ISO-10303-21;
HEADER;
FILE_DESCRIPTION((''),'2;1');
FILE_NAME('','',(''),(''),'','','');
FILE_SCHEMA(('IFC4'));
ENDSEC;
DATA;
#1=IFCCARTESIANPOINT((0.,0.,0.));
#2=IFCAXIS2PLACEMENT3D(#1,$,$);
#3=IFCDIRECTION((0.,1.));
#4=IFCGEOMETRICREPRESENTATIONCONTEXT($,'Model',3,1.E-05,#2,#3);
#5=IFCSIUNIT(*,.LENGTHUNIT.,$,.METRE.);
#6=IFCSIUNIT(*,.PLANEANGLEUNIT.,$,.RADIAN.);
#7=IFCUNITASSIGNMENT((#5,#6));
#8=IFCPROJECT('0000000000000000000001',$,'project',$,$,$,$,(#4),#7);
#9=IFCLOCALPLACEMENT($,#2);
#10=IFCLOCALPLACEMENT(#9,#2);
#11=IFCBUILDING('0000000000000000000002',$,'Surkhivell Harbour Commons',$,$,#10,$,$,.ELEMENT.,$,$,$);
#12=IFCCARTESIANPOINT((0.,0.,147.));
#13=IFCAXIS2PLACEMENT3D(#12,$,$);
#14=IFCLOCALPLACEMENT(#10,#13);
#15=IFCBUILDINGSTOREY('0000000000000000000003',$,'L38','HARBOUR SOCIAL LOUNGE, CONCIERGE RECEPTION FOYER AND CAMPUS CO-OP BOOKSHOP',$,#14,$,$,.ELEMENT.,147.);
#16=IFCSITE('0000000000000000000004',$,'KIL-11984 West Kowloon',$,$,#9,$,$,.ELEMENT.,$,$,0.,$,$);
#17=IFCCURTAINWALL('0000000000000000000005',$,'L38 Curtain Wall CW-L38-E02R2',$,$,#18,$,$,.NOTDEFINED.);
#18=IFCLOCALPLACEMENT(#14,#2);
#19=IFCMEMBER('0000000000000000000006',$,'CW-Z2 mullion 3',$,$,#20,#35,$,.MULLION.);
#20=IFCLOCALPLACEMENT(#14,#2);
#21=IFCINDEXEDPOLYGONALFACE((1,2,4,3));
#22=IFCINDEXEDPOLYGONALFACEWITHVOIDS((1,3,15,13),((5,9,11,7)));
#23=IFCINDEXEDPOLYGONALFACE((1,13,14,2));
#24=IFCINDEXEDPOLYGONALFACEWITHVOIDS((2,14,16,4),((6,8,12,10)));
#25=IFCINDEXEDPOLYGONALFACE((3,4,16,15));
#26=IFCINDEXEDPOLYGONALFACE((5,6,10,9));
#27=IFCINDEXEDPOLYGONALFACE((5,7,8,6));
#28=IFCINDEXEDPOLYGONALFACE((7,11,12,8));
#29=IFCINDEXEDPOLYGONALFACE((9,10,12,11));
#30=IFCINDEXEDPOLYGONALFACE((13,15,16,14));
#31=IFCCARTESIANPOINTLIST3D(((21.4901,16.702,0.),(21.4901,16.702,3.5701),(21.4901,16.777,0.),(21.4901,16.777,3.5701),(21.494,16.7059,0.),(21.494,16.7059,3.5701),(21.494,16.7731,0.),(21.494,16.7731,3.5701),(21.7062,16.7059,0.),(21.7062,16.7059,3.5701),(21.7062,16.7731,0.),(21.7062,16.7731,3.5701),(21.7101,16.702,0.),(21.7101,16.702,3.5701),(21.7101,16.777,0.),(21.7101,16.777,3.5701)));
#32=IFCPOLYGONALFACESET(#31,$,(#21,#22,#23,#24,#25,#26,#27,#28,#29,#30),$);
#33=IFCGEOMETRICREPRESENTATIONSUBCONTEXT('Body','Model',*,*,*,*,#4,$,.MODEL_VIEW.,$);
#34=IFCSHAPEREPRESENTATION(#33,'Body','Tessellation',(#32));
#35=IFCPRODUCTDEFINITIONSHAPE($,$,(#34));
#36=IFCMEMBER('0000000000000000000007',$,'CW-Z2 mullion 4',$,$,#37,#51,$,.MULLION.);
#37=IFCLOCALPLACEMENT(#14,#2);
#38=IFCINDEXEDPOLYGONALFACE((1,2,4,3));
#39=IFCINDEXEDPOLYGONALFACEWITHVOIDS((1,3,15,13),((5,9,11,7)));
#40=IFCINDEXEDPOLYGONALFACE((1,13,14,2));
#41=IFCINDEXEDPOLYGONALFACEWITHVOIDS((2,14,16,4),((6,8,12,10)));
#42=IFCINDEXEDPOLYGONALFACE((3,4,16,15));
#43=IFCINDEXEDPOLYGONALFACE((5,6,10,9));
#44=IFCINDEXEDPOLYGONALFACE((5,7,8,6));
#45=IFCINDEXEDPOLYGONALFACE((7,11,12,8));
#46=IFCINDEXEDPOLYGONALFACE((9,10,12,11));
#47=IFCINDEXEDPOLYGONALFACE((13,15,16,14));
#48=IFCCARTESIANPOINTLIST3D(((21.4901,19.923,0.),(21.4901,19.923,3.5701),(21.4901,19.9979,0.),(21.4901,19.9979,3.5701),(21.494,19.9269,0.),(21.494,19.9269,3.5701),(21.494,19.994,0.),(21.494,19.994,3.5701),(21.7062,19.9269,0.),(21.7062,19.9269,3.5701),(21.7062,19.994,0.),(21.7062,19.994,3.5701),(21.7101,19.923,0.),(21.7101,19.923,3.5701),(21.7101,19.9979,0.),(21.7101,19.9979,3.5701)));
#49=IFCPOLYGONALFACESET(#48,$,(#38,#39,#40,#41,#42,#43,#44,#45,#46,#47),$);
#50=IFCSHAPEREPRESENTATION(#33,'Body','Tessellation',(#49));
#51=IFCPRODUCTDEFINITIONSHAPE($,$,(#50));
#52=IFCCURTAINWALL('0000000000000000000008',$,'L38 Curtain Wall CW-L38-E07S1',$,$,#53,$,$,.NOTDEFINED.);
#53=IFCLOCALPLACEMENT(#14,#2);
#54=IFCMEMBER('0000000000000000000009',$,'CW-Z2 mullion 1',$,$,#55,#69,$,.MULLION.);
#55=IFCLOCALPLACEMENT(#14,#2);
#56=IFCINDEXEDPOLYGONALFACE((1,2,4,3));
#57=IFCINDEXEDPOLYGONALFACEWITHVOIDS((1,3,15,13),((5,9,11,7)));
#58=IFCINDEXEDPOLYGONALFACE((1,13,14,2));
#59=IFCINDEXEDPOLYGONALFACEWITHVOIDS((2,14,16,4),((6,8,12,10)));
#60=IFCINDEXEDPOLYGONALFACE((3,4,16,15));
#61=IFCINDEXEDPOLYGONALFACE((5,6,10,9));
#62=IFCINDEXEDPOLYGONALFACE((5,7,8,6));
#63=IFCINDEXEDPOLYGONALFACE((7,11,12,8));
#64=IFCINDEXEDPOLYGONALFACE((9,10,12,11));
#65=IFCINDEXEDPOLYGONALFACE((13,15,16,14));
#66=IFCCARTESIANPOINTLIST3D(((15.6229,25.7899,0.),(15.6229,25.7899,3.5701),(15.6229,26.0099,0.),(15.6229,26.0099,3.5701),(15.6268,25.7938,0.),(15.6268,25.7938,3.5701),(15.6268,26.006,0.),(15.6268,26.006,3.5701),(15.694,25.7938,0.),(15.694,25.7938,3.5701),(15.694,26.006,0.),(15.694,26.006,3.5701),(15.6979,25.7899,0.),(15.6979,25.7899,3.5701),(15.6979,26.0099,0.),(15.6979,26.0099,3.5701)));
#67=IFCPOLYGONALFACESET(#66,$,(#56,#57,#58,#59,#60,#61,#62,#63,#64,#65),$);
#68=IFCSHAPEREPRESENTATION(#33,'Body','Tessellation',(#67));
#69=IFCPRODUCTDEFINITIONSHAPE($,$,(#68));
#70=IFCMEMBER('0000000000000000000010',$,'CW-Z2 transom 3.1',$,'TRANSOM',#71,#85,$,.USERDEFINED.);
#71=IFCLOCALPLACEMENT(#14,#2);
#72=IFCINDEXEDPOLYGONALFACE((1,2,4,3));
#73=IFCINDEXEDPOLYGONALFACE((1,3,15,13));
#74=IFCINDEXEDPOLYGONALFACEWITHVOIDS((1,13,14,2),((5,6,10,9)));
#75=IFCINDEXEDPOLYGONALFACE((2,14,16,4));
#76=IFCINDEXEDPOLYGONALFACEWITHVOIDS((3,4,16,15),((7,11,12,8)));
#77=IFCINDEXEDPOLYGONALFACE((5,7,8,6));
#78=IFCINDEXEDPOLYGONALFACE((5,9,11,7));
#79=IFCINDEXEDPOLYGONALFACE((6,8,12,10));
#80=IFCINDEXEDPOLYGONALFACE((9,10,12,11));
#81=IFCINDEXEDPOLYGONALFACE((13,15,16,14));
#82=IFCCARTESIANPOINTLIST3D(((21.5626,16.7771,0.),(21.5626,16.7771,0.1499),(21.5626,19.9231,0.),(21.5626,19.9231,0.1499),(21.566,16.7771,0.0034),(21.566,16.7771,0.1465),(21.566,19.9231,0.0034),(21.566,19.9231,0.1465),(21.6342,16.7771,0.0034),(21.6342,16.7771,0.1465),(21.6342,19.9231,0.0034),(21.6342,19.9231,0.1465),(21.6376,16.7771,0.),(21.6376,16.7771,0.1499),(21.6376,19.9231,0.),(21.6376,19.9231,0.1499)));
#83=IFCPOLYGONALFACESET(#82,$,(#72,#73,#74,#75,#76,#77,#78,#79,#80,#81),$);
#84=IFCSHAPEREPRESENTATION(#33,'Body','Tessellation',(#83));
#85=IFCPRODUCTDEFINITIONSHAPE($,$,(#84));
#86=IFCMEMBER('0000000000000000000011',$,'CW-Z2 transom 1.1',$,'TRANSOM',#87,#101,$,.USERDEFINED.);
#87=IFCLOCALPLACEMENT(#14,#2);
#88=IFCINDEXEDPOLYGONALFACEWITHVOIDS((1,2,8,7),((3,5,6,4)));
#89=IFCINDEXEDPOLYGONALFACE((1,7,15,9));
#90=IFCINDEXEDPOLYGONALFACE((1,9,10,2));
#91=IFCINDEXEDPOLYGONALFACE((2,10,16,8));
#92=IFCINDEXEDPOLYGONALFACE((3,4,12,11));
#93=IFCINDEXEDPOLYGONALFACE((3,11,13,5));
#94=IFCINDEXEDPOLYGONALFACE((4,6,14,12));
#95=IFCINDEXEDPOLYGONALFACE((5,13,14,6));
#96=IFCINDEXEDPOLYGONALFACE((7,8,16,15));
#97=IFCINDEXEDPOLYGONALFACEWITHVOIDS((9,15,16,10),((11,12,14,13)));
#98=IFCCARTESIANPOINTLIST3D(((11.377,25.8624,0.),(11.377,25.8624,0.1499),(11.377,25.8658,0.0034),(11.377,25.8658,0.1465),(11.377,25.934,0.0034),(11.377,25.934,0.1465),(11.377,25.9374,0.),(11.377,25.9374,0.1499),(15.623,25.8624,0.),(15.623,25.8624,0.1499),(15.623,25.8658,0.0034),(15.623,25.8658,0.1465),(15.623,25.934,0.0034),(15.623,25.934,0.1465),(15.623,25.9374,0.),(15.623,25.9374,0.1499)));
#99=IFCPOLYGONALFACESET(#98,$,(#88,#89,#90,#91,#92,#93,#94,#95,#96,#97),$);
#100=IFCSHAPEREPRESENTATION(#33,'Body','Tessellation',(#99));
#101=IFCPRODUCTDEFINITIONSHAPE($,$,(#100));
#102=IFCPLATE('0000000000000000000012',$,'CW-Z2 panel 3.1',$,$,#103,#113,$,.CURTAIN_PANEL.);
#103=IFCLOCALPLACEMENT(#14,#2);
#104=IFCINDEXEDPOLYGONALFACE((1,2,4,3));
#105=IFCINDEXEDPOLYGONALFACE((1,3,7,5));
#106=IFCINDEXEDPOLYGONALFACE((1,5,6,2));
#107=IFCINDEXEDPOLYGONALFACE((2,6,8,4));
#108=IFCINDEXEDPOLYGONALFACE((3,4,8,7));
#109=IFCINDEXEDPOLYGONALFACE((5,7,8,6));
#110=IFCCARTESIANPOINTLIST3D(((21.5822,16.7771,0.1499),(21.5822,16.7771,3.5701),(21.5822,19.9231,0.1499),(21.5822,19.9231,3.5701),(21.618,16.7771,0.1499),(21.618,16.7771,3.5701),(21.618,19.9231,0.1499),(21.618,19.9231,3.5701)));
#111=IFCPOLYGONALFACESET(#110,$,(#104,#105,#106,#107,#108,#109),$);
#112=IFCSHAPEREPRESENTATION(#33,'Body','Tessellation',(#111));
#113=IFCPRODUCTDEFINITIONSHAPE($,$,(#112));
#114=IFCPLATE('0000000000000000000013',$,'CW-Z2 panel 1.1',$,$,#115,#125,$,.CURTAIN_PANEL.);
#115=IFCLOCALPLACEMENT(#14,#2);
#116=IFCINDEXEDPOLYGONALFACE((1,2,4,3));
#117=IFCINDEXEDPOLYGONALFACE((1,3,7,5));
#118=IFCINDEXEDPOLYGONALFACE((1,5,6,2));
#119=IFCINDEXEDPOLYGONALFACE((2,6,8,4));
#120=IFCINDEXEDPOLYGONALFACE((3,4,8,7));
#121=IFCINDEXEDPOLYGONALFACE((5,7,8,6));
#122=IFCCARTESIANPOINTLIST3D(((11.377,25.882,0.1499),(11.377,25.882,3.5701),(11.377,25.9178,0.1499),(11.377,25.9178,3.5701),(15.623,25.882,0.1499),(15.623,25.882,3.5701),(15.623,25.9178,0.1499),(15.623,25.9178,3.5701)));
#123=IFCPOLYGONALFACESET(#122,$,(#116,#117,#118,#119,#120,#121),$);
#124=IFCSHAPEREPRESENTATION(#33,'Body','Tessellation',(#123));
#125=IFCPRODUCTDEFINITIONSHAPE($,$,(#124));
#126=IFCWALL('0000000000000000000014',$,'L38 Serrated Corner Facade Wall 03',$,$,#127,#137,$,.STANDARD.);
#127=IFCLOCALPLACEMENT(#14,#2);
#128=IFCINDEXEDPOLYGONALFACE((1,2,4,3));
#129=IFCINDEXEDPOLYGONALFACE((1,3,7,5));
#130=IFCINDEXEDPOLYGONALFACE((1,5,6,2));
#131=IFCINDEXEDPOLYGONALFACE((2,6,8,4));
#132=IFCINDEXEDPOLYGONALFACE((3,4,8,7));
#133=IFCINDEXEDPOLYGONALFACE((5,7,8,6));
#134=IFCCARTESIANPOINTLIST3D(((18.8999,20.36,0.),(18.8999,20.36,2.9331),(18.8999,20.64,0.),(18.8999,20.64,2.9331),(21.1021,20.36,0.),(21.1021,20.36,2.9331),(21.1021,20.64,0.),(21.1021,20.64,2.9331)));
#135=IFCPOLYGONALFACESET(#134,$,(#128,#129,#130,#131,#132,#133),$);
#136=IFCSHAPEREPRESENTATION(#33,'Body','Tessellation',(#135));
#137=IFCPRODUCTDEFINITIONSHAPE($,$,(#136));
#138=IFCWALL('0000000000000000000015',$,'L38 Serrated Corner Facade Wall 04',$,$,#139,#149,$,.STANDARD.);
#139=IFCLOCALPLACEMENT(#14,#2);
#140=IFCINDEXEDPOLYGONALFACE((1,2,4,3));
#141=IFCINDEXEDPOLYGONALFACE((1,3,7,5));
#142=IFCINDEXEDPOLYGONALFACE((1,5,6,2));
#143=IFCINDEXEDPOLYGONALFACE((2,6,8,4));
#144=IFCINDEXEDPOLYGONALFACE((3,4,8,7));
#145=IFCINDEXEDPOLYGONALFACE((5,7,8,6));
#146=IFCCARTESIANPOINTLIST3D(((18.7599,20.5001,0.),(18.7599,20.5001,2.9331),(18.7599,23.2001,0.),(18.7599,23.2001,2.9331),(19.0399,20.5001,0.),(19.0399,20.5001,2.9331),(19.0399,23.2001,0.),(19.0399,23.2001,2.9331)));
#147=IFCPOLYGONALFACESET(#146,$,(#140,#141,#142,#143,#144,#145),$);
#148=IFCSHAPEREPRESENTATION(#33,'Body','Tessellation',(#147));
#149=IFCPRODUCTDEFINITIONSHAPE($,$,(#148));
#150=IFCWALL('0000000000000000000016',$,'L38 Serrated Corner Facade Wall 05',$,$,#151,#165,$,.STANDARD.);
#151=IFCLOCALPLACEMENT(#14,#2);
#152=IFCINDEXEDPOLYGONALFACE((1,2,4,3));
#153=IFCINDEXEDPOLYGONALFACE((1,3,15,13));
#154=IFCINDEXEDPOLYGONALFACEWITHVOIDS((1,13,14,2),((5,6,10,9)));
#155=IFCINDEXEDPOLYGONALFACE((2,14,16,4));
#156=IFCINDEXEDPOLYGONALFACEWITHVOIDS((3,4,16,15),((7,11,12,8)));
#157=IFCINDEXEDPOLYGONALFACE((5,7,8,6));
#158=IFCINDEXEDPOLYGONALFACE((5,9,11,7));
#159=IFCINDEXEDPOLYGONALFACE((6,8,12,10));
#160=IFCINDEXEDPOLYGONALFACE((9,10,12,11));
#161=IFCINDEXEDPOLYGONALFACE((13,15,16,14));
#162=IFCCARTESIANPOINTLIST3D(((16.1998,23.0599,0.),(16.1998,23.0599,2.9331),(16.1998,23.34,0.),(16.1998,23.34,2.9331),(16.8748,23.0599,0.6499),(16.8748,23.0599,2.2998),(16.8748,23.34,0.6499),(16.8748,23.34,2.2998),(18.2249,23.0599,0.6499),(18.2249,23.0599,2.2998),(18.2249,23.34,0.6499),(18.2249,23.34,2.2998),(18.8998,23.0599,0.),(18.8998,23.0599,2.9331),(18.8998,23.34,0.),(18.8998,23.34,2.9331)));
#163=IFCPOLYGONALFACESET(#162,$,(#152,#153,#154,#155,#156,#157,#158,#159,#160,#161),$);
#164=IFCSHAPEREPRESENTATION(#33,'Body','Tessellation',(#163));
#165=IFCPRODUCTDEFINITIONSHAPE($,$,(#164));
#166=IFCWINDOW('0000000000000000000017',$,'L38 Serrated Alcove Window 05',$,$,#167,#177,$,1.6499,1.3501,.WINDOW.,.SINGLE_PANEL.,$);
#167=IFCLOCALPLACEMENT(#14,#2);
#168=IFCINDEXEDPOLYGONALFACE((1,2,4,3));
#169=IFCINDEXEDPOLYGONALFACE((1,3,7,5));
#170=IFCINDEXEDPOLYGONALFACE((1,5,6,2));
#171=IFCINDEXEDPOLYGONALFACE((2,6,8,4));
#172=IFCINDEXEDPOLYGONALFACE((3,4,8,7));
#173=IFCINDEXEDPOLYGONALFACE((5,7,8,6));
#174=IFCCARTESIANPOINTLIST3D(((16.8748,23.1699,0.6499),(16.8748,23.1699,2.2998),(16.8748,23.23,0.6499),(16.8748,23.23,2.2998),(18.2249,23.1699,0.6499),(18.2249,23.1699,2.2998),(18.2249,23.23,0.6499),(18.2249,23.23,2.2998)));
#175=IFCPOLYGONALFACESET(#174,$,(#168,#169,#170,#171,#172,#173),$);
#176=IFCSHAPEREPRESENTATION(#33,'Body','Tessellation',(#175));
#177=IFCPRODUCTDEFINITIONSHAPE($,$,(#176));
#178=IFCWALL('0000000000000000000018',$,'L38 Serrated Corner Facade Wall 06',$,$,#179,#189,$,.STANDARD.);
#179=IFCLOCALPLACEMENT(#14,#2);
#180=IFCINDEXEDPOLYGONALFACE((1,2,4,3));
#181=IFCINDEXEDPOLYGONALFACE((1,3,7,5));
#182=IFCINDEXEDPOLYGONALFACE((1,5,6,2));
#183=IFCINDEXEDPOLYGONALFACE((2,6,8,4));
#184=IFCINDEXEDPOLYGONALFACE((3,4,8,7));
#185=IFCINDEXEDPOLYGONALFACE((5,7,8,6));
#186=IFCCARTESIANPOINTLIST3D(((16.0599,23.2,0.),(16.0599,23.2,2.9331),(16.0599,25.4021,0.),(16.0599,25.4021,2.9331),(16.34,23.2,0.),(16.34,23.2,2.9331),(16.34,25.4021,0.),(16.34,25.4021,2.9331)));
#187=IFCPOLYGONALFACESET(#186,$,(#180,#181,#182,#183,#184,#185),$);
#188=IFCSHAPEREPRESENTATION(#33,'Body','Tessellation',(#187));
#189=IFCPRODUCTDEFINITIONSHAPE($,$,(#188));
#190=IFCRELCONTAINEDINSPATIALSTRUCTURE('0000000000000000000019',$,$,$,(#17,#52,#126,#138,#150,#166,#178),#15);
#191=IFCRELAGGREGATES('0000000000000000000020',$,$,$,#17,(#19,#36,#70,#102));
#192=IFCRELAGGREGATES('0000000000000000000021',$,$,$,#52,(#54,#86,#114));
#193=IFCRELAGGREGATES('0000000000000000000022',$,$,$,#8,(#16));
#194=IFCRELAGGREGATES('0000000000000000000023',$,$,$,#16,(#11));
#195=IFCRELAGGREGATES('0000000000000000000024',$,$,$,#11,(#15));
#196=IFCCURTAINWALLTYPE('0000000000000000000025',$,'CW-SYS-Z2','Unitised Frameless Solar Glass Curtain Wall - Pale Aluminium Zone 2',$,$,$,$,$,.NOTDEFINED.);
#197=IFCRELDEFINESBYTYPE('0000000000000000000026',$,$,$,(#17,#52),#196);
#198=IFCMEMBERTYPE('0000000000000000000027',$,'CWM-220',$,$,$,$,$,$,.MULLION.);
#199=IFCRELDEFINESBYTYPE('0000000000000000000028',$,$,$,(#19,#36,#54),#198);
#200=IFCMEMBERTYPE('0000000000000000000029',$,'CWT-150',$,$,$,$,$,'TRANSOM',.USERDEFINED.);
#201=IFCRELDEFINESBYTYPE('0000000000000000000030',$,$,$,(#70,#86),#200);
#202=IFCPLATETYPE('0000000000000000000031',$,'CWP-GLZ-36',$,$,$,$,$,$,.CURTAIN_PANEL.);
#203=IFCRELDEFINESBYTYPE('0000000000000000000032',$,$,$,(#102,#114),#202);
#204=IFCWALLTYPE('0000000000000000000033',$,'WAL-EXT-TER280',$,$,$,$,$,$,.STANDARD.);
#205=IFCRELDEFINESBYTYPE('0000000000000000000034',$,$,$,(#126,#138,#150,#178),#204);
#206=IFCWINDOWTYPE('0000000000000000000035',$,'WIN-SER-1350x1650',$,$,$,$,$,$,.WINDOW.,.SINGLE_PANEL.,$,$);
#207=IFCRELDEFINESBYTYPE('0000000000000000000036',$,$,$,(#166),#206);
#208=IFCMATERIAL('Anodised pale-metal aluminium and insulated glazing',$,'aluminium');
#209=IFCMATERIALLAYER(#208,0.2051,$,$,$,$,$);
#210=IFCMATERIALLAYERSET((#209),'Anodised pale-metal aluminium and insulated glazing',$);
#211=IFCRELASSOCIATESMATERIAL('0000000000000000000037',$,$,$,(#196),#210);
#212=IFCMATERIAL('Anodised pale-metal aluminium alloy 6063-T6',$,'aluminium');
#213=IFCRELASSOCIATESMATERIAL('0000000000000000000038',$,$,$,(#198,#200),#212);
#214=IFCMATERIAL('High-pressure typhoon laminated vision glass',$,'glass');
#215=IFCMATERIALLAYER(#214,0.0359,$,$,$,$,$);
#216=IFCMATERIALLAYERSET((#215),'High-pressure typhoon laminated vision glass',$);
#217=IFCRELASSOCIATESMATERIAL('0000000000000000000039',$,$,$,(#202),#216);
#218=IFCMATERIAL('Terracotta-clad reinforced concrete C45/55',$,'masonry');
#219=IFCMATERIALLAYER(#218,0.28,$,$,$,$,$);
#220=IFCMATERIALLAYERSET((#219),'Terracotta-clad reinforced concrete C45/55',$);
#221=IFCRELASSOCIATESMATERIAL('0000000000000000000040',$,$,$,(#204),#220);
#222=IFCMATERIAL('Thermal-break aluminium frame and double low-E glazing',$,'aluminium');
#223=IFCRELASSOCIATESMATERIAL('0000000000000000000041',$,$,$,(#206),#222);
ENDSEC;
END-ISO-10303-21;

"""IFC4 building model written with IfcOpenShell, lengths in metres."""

from ifc_helpers import new_model, si_unit, direction, frame, frame_2d, origin, origin_2d, place, context, subcontext, project, spatial, rectangle, hollow_rectangle, extrude, material, layer, layer_set, material_profile, profile_set, type_object, element, fill, aggregate, save


model = new_model("IFC4")

# Units and contexts
model_context = context("Model", 3, precision=1e-05, world=origin(), true_north=direction((0.0, 1.0)))
body_context = subcontext(model_context, "Body", "Model", "MODEL_VIEW")
ifc_project = project(units=[si_unit("LENGTHUNIT", "METRE"), si_unit("PLANEANGLEUNIT", "RADIAN")], contexts=[model_context])

# Site, building, storey
site_placement = place(None, origin())
site = spatial("IfcSite", under=ifc_project, at=site_placement, Name="KIL-11984 West Kowloon", CompositionType="ELEMENT", RefElevation=0.0)
building_placement = place(site_placement, origin())
building = spatial("IfcBuilding", under=site, at=building_placement, Name="Surkhivell Harbour Commons", CompositionType="ELEMENT")
storey_placement = place(building_placement, frame((0.0, 0.0, 147.0)))
storey = spatial("IfcBuildingStorey", under=building, at=storey_placement, Name="L38", Description="HARBOUR SOCIAL LOUNGE, CONCIERGE RECEPTION FOYER AND CAMPUS CO-OP BOOKSHOP", CompositionType="ELEMENT", Elevation=147.0)

# Curtain wall, members
ifc_material_1 = material(Name="Anodised pale-metal aluminium and insulated glazing", Category="aluminium")
ifc_layer_1 = layer(ifc_material_1, 0.2051)
ifc_layer_set_1 = layer_set([ifc_layer_1], Name="Anodised pale-metal aluminium and insulated glazing")
curtain_wall_type = type_object("IfcCurtainWallType", Name="CW-SYS-Z2", Description="Unitised Frameless Solar Glass Curtain Wall - Pale Aluminium Zone 2", PredefinedType="NOTDEFINED", material=ifc_layer_set_1)
curtain_wall_1_placement = place(storey_placement, origin())
curtain_wall_1 = element("IfcCurtainWall", 1, at=curtain_wall_1_placement, inside=storey, type_object=curtain_wall_type, Name="L38 Curtain Wall CW-L38-E02R2", PredefinedType="NOTDEFINED")
ifc_material_2 = material(Name="Anodised pale-metal aluminium alloy 6063-T6", Category="aluminium")
ifc_material_profile_1 = material_profile(ifc_material_2, hollow_rectangle(XDim=0.075, YDim=0.22, WallThickness=0.0039, at=origin_2d()), Name="ALU-MULL-75x220")
ifc_profile_set_1 = profile_set([ifc_material_profile_1], Name="Anodised pale-metal aluminium alloy 6063-T6")
member_type_1 = type_object("IfcMemberType", Name="CWM-220", PredefinedType="MULLION", material=ifc_profile_set_1)
member_1_placement = place(storey_placement, frame((21.6001, 16.7395, 0.0), z_axis=(0.0, 0.0, 1.0), x_axis=(0.0, 1.0, 0.0)))
member_1 = element("IfcMember", 2, at=member_1_placement, type_object=member_type_1, Name="CW-Z2 mullion 3", PredefinedType="MULLION", context=body_context, shape_type="SweptSolid", body=[
    extrude(hollow_rectangle(XDim=0.075, YDim=0.22, WallThickness=0.0039, at=origin_2d()), origin(), (0.0, 0.0, 1.0), 3.5701),
])
member_2_placement = place(storey_placement, frame((21.6001, 19.9604, 0.0), z_axis=(0.0, 0.0, 1.0), x_axis=(0.0, 1.0, 0.0)))
member_2 = element("IfcMember", 3, at=member_2_placement, type_object=member_type_1, Name="CW-Z2 mullion 4", PredefinedType="MULLION", context=body_context, shape_type="SweptSolid", body=[
    extrude(hollow_rectangle(XDim=0.075, YDim=0.22, WallThickness=0.0039, at=origin_2d()), origin(), (0.0, 0.0, 1.0), 3.5701),
])

# Curtain wall, member
curtain_wall_2_placement = place(storey_placement, origin())
curtain_wall_2 = element("IfcCurtainWall", 4, at=curtain_wall_2_placement, inside=storey, type_object=curtain_wall_type, Name="L38 Curtain Wall CW-L38-E07S1", PredefinedType="NOTDEFINED")
member_3_placement = place(storey_placement, frame((15.6604, 25.8999, 0.0), z_axis=(0.0, 0.0, 1.0), x_axis=(-1.0, 0.0, 0.0)))
member_3 = element("IfcMember", 5, at=member_3_placement, type_object=member_type_1, Name="CW-Z2 mullion 1", PredefinedType="MULLION", context=body_context, shape_type="SweptSolid", body=[
    extrude(hollow_rectangle(XDim=0.075, YDim=0.22, WallThickness=0.0039, at=origin_2d()), origin(), (0.0, 0.0, 1.0), 3.5701),
])

# Members
ifc_material_profile_2 = material_profile(ifc_material_2, hollow_rectangle(XDim=0.075, YDim=0.1499, WallThickness=0.0034, at=origin_2d()), Name="ALU-TRAN-75x150")
ifc_profile_set_2 = profile_set([ifc_material_profile_2], Name="Anodised pale-metal aluminium alloy 6063-T6")
member_type_2 = type_object("IfcMemberType", Name="CWT-150", ElementType="TRANSOM", PredefinedType="USERDEFINED", material=ifc_profile_set_2)
member_4_placement = place(storey_placement, frame((21.6001, 16.7771, 0.075), z_axis=(0.0, 1.0, 0.0), x_axis=(-1.0, 0.0, 0.0)))
member_4 = element("IfcMember", 6, at=member_4_placement, type_object=member_type_2, Name="CW-Z2 transom 3.1", ObjectType="TRANSOM", PredefinedType="USERDEFINED", context=body_context, shape_type="SweptSolid", body=[
    extrude(hollow_rectangle(XDim=0.075, YDim=0.1499, WallThickness=0.0034, at=origin_2d()), origin(), (0.0, 0.0, 1.0), 3.146),
])
member_5_placement = place(storey_placement, frame((15.623, 25.8999, 0.075), z_axis=(-1.0, 0.0, 0.0), x_axis=(0.0, -1.0, 0.0)))
member_5 = element("IfcMember", 7, at=member_5_placement, type_object=member_type_2, Name="CW-Z2 transom 1.1", ObjectType="TRANSOM", PredefinedType="USERDEFINED", context=body_context, shape_type="SweptSolid", body=[
    extrude(hollow_rectangle(XDim=0.075, YDim=0.1499, WallThickness=0.0034, at=origin_2d()), origin(), (0.0, 0.0, 1.0), 4.2461),
])

# Plates
ifc_material_3 = material(Name="High-pressure typhoon laminated vision glass", Category="glass")
ifc_layer_2 = layer(ifc_material_3, 0.0359)
ifc_layer_set_2 = layer_set([ifc_layer_2], Name="High-pressure typhoon laminated vision glass")
plate_type = type_object("IfcPlateType", Name="CWP-GLZ-36", PredefinedType="CURTAIN_PANEL", material=ifc_layer_set_2)
plate_1_placement = place(storey_placement, frame((21.6001, 16.7771, 0.1499), z_axis=(0.0, 0.0, 1.0), x_axis=(0.0, 1.0, 0.0)))
plate_1 = element("IfcPlate", 8, at=plate_1_placement, type_object=plate_type, Name="CW-Z2 panel 3.1", PredefinedType="CURTAIN_PANEL", context=body_context, shape_type="SweptSolid", body=[
    extrude(rectangle(XDim=3.146, YDim=0.0359, at=frame_2d((1.573, 0.0))), origin(), (0.0, 0.0, 1.0), 3.4202),
])
aggregate(curtain_wall_1, [member_1, member_2, member_4, plate_1])
plate_2_placement = place(storey_placement, frame((15.623, 25.8999, 0.1499), z_axis=(0.0, 0.0, 1.0), x_axis=(-1.0, 0.0, 0.0)))
plate_2 = element("IfcPlate", 9, at=plate_2_placement, type_object=plate_type, Name="CW-Z2 panel 1.1", PredefinedType="CURTAIN_PANEL", context=body_context, shape_type="SweptSolid", body=[
    extrude(rectangle(XDim=4.2461, YDim=0.0359, at=frame_2d((2.123, 0.0))), origin(), (0.0, 0.0, 1.0), 3.4202),
])
aggregate(curtain_wall_2, [member_3, member_5, plate_2])

# Walls
ifc_material_4 = material(Name="Terracotta-clad reinforced concrete C45/55", Category="masonry")
ifc_layer_3 = layer(ifc_material_4, 0.28)
ifc_layer_set_3 = layer_set([ifc_layer_3], Name="Terracotta-clad reinforced concrete C45/55")
wall_type_1 = type_object("IfcWallType", Name="WAL-EXT-TER280", PredefinedType="STANDARD", material=ifc_layer_set_3)
wall_1_placement = place(storey_placement, frame((21.1021, 20.5, 0.0), z_axis=(0.0, 0.0, 1.0), x_axis=(-1.0, 0.0, 0.0)))
element("IfcWall", 10, at=wall_1_placement, inside=storey, type_object=wall_type_1, Name="L38 Serrated Corner Facade Wall 03", PredefinedType="STANDARD", context=body_context, shape_type="SweptSolid", body=[
    extrude(rectangle(XDim=2.2021, YDim=0.28, at=frame_2d((1.1011, 0.0))), origin(), (0.0, 0.0, 1.0), 2.9331),
])
wall_2_placement = place(storey_placement, frame((18.8999, 20.5, 0.0), z_axis=(0.0, 0.0, 1.0), x_axis=(0.0, 1.0, 0.0)))
element("IfcWall", 11, at=wall_2_placement, inside=storey, type_object=wall_type_1, Name="L38 Serrated Corner Facade Wall 04", PredefinedType="STANDARD", context=body_context, shape_type="SweptSolid", body=[
    extrude(rectangle(XDim=2.7, YDim=0.28, at=frame_2d((1.3501, 0.0))), origin(), (0.0, 0.0, 1.0), 2.9331),
])

# Wall, opening, window
wall_3_placement = place(storey_placement, frame((18.8999, 23.2, 0.0), z_axis=(0.0, 0.0, 1.0), x_axis=(-1.0, 0.0, 0.0)))
wall_3 = element("IfcWall", 12, at=wall_3_placement, inside=storey, type_object=wall_type_1, Name="L38 Serrated Corner Facade Wall 05", PredefinedType="STANDARD", context=body_context, shape_type="SweptSolid", body=[
    extrude(rectangle(XDim=2.7, YDim=0.28, at=frame_2d((1.3501, 0.0))), origin(), (0.0, 0.0, 1.0), 2.9331),
])
opening_placement = place(wall_3_placement, frame((0.675, 0.0, 0.6499)))
opening = element("IfcOpeningElement", 13, at=opening_placement, cuts=wall_3, PredefinedType="OPENING", context=body_context, shape_type="SweptSolid", body=[
    extrude(rectangle(XDim=1.3501, YDim=1.6499, at=frame_2d((0.675, 0.825))), frame((0.0, 0.1499, 0.0), z_axis=(0.0, -1.0, 0.0), x_axis=(1.0, 0.0, 0.0)), (0.0, 0.0, 1.0), 0.3),
])
ifc_material_5 = material(Name="Thermal-break aluminium frame and double low-E glazing", Category="aluminium")
window_type = type_object("IfcWindowType", Name="WIN-SER-1350x1650", PartitioningType="SINGLE_PANEL", PredefinedType="WINDOW", material=ifc_material_5)
window_placement = place(opening_placement, origin())
window = element("IfcWindow", 14, at=window_placement, inside=storey, type_object=window_type, Name="L38 Serrated Alcove Window 05", OverallHeight=1.6499, OverallWidth=1.3501, PartitioningType="SINGLE_PANEL", PredefinedType="WINDOW", context=body_context, shape_type="SweptSolid", body=[
    extrude(rectangle(XDim=1.3501, YDim=1.6499, at=frame_2d((0.675, 0.825))), frame((0.0, 0.03, 0.0), z_axis=(0.0, -1.0, 0.0), x_axis=(1.0, 0.0, 0.0)), (0.0, 0.0, 1.0), 0.0601),
])
fill(opening, window)

# Wall
wall_4_placement = place(storey_placement, frame((16.2, 23.2, 0.0), z_axis=(0.0, 0.0, 1.0), x_axis=(0.0, 1.0, 0.0)))
element("IfcWall", 15, at=wall_4_placement, inside=storey, type_object=wall_type_1, Name="L38 Serrated Corner Facade Wall 06", PredefinedType="STANDARD", context=body_context, shape_type="SweptSolid", body=[
    extrude(rectangle(XDim=2.2021, YDim=0.28, at=frame_2d((1.1011, 0.0))), origin(), (0.0, 0.0, 1.0), 2.9331),
])

save(model, "model.ifc")
